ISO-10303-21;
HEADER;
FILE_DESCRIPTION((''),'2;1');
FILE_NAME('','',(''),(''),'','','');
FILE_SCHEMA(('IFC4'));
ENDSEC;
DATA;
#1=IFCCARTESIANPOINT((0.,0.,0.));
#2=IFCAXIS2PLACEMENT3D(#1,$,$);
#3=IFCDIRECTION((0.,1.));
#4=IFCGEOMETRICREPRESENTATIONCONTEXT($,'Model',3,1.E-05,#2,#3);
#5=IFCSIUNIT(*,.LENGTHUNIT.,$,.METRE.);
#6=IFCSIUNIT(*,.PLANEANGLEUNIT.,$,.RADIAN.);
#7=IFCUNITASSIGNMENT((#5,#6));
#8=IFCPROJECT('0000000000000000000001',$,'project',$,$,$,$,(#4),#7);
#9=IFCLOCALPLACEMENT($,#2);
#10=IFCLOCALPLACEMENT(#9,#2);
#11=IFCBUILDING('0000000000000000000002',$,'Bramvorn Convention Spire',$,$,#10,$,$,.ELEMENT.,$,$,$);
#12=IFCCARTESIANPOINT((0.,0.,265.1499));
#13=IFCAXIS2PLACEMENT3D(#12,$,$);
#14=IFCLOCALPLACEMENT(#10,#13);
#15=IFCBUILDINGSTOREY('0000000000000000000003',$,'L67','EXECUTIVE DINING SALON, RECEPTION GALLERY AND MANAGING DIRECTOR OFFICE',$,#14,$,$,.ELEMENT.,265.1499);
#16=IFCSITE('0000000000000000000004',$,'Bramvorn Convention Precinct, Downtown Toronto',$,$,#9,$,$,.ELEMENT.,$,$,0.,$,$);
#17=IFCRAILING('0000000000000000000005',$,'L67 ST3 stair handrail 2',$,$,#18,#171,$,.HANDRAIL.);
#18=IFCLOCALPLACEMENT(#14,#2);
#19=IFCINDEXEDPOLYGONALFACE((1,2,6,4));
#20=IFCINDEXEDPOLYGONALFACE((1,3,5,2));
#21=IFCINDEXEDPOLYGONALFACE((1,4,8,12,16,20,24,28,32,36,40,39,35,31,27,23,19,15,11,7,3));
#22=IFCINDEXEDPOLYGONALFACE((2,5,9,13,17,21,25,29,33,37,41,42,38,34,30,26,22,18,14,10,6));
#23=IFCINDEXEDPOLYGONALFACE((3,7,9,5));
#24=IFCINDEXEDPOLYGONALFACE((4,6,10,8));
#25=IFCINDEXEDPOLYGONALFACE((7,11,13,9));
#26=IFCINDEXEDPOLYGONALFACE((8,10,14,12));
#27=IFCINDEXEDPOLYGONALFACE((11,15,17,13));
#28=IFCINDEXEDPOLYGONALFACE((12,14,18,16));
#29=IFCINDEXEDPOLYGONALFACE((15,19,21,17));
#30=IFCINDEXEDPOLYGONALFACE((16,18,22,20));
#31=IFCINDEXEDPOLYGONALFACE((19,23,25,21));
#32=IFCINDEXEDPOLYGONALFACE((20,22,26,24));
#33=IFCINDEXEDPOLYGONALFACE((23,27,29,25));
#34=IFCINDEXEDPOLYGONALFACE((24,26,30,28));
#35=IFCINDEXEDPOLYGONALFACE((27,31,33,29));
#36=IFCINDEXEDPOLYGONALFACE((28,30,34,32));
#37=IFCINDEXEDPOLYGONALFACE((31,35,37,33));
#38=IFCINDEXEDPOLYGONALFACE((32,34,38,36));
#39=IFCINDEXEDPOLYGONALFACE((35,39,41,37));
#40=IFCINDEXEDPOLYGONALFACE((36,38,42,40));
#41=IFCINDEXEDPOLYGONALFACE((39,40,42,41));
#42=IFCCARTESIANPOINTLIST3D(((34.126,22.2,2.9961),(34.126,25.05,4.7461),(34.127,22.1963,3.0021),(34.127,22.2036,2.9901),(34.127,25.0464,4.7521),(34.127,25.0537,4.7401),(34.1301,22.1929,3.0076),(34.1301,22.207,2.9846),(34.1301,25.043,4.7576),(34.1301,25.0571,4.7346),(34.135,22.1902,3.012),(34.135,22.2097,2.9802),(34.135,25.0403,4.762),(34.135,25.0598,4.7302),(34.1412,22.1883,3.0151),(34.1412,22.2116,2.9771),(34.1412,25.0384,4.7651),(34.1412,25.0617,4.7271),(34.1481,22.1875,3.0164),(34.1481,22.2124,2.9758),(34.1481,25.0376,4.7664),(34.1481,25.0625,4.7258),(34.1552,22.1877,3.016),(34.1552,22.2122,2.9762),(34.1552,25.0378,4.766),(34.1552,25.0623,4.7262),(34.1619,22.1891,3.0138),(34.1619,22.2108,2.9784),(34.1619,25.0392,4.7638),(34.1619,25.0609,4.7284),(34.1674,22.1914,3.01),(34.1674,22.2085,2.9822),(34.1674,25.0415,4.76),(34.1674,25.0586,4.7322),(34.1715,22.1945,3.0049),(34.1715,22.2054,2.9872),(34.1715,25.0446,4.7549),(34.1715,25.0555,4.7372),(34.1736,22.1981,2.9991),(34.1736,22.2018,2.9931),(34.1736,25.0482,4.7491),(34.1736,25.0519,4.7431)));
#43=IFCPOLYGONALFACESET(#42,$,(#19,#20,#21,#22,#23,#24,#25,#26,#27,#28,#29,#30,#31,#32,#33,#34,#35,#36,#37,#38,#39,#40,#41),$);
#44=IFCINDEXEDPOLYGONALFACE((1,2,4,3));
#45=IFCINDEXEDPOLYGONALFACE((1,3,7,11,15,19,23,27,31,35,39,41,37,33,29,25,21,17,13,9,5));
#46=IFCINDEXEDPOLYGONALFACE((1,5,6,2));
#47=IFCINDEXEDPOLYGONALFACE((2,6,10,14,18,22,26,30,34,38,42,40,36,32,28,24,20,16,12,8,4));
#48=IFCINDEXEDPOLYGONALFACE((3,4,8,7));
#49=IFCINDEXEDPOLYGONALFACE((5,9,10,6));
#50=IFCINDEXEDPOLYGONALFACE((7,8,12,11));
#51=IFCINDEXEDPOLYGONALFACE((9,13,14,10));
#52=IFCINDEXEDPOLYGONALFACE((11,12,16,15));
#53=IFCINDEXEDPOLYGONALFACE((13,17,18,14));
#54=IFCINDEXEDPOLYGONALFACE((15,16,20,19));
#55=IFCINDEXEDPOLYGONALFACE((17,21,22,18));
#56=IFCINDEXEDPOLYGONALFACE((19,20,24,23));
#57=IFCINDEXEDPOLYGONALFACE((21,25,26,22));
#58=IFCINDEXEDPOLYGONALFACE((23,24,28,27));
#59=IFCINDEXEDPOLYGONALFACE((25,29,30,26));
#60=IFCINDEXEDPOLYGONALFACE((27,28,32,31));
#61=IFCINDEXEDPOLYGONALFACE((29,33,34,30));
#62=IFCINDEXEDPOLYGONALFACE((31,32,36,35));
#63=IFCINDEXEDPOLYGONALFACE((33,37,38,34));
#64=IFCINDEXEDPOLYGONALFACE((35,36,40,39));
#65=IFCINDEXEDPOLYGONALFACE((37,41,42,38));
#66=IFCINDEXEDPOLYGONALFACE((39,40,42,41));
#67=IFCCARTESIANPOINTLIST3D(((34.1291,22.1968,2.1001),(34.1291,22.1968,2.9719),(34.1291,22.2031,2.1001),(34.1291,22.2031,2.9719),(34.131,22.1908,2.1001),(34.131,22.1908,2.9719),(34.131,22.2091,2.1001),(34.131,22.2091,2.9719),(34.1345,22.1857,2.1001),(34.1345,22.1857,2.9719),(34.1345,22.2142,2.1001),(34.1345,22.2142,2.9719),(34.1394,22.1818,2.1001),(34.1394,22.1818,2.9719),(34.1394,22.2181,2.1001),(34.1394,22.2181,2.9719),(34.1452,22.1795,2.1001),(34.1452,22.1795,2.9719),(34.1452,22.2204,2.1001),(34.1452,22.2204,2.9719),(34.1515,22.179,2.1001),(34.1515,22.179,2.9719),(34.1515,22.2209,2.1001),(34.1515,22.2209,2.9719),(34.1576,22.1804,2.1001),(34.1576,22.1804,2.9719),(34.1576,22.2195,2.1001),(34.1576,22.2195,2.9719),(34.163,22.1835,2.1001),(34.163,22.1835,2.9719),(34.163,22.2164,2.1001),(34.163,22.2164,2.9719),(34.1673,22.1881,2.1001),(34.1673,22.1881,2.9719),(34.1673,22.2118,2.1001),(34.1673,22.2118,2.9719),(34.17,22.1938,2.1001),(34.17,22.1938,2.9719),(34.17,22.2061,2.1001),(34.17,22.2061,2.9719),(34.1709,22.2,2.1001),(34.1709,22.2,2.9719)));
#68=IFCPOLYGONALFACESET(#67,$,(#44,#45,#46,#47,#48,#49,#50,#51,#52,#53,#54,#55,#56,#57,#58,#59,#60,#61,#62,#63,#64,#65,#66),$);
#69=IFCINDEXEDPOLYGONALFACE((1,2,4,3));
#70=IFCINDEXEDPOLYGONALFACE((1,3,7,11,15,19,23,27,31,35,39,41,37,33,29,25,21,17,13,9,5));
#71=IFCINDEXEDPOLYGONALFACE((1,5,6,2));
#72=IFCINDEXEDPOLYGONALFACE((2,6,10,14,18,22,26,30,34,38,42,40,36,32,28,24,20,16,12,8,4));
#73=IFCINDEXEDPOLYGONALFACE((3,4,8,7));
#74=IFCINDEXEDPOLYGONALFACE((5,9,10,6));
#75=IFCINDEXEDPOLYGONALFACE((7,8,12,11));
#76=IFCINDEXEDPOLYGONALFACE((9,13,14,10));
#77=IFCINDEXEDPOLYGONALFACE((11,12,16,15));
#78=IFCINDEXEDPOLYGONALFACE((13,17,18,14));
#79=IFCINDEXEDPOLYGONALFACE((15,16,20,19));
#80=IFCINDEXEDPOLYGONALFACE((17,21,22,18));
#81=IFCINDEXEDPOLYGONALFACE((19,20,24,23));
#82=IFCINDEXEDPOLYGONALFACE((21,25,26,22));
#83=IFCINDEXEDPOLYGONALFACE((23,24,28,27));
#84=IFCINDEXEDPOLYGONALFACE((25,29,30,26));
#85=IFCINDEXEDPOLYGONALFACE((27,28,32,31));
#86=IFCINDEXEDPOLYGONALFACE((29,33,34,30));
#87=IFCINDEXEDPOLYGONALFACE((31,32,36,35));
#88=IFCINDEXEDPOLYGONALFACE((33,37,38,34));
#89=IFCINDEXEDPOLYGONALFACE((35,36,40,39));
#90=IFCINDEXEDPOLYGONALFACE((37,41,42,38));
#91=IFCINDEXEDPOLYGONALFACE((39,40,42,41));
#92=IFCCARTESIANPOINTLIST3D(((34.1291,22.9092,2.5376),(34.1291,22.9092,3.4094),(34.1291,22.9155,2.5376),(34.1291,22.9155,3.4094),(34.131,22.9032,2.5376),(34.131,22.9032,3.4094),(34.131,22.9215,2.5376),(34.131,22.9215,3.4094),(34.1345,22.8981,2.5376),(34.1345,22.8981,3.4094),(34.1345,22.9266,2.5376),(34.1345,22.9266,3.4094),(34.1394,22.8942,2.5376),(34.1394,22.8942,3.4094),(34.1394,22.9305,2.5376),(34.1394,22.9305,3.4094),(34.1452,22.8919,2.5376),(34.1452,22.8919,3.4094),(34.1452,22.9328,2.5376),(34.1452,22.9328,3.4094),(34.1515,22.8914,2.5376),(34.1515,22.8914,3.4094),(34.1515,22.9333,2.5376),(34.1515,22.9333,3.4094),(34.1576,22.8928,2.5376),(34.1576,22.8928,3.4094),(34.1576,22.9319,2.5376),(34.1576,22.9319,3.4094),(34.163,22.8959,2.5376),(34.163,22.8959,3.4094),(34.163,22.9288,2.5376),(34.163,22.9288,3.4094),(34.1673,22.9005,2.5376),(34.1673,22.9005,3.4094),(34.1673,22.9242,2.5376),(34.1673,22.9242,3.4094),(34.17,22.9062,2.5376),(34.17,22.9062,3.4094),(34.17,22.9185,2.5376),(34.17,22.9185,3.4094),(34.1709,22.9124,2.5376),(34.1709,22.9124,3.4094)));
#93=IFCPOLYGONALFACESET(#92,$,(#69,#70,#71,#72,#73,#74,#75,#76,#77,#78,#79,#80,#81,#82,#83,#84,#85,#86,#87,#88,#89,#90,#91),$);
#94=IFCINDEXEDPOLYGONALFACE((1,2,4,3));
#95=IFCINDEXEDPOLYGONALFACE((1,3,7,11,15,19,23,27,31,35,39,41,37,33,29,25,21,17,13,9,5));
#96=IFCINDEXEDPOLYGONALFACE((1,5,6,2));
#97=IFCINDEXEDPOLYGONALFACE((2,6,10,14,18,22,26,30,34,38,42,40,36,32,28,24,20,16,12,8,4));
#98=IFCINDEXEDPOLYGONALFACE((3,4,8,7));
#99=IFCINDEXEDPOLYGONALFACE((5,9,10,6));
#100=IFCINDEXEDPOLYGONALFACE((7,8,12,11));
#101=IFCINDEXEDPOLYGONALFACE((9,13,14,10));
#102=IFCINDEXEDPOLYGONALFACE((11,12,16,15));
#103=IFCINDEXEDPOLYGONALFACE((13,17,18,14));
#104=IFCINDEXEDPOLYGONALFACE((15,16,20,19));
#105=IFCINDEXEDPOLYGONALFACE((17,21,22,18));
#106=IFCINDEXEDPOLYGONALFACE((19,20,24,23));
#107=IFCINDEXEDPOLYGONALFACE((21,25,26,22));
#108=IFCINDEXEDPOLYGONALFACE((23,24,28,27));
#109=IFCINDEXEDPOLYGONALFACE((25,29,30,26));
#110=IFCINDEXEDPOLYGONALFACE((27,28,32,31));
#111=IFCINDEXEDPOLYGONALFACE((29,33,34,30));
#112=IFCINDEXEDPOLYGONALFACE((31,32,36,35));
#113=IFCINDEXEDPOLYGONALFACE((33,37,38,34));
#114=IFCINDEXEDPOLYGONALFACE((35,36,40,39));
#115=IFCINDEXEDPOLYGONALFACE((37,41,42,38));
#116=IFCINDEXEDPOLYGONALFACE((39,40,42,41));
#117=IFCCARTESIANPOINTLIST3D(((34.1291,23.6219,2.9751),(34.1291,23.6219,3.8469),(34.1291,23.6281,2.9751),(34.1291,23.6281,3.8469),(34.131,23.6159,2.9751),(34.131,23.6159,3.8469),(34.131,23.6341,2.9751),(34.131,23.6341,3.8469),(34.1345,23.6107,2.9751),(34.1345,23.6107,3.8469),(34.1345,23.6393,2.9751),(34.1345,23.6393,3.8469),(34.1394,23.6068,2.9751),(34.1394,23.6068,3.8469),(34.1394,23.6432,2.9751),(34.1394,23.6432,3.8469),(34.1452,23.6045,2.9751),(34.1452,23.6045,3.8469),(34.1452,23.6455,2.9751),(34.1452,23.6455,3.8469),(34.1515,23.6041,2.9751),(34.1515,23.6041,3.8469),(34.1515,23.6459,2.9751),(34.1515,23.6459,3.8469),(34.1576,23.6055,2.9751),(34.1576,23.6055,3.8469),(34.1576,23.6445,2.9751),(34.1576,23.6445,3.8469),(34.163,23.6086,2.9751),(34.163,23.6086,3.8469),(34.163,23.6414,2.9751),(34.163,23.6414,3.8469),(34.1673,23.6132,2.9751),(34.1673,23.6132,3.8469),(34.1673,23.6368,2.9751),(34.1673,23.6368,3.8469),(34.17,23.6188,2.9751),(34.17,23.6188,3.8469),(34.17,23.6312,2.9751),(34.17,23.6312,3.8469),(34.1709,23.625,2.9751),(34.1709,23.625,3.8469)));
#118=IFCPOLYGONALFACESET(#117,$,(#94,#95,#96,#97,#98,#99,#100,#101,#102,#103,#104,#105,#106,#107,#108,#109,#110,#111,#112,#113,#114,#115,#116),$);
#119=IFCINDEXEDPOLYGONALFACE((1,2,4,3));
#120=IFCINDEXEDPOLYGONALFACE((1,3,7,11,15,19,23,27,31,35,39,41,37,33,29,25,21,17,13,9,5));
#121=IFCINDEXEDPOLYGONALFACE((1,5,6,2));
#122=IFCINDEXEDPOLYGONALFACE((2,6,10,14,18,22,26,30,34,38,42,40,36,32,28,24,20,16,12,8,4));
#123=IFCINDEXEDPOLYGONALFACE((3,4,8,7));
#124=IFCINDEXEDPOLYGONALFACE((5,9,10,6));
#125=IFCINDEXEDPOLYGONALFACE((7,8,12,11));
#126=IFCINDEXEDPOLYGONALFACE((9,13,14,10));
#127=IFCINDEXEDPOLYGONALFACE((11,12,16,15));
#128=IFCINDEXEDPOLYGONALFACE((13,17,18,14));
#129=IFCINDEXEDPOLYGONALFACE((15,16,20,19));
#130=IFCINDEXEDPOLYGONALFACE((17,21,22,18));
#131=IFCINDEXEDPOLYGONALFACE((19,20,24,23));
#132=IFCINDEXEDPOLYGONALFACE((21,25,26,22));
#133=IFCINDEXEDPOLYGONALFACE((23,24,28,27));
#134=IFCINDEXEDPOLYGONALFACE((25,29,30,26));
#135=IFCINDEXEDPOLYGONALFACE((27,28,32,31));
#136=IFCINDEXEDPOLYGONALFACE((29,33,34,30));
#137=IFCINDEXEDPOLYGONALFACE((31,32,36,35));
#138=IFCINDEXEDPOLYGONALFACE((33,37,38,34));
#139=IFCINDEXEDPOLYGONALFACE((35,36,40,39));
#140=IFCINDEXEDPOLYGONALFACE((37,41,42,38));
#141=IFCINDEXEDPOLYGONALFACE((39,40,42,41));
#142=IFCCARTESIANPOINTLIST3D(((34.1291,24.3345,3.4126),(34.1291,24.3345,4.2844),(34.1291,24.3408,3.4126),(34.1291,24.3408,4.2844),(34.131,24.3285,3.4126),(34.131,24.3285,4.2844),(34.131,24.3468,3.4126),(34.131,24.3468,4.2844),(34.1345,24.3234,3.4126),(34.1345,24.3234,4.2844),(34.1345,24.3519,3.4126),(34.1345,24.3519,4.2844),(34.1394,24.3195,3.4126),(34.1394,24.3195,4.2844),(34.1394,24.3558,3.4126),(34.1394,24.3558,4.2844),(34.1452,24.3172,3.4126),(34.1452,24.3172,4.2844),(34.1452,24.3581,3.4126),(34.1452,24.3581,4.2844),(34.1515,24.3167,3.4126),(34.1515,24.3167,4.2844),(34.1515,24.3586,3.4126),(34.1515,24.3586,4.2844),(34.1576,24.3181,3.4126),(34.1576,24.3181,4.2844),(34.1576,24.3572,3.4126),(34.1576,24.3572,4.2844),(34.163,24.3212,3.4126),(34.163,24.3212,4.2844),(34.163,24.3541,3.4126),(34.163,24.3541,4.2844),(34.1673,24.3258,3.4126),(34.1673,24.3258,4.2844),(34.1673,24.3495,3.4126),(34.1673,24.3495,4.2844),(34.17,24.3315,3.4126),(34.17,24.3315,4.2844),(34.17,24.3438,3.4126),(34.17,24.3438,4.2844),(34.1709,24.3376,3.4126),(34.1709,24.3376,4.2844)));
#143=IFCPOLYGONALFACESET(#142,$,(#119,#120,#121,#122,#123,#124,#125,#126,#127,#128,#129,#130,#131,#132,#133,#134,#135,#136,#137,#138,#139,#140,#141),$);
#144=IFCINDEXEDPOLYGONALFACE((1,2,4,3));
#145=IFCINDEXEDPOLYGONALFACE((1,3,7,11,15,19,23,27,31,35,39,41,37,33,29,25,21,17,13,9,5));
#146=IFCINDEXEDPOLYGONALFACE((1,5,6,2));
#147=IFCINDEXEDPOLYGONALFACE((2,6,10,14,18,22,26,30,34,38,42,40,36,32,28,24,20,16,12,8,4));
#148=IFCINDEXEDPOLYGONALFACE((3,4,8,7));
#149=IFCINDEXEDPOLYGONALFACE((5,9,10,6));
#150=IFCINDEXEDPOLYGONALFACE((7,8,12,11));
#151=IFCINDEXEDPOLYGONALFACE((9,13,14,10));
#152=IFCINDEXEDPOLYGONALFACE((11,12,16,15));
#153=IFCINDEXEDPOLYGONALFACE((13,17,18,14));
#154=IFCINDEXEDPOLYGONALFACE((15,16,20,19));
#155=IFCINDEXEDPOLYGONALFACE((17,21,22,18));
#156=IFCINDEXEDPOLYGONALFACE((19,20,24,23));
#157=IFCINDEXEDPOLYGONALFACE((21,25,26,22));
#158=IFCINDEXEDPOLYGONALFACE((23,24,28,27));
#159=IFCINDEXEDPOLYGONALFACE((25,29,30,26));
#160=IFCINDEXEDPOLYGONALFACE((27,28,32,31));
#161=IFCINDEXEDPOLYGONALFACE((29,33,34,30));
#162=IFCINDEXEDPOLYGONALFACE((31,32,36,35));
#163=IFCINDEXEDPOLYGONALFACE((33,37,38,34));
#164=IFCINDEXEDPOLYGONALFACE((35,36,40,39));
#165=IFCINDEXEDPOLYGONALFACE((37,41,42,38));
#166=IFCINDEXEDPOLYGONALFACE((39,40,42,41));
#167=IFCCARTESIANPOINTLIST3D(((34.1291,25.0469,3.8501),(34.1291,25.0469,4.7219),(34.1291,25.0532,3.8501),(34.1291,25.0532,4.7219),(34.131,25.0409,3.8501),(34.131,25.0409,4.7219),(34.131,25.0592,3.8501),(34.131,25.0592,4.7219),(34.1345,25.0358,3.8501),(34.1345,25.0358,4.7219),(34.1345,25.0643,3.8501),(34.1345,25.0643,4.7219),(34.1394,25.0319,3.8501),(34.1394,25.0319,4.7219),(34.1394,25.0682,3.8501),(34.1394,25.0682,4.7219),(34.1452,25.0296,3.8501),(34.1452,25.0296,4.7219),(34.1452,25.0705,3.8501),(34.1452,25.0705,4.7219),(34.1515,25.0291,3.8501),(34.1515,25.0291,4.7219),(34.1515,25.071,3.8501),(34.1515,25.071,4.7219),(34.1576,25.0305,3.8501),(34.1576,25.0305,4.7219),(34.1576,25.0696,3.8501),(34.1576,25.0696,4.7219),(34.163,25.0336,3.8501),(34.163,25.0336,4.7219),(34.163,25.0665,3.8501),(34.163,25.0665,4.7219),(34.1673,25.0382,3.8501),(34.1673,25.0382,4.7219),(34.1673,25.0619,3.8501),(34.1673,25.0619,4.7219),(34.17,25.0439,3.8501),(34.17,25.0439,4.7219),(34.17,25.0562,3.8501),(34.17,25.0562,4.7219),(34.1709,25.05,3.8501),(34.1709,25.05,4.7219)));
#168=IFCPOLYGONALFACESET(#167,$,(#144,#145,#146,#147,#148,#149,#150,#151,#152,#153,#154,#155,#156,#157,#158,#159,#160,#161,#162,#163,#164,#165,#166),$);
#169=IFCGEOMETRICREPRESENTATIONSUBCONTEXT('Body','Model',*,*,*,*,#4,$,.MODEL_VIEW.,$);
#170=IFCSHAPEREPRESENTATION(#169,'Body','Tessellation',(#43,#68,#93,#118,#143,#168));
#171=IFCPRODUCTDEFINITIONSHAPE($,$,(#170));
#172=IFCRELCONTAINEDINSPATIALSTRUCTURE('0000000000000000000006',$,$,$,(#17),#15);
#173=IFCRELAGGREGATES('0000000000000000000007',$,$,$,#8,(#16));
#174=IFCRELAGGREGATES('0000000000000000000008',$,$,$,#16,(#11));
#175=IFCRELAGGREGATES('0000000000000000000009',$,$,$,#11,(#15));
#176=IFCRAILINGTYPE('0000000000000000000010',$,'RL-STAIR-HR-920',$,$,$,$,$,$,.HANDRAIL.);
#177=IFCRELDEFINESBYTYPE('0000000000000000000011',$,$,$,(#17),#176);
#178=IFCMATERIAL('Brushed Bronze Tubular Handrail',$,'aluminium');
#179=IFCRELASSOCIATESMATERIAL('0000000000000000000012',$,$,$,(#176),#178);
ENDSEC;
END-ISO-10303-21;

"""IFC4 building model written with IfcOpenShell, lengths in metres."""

from ifc_helpers import new_model, si_unit, direction, frame, origin, origin_2d, place, context, subcontext, project, spatial, circle, extrude, material, type_object, element, save


model = new_model("IFC4")

# Units and contexts
model_context = context("Model", 3, precision=1e-05, world=origin(), true_north=direction((0.0, 1.0)))
body_context = subcontext(model_context, "Body", "Model", "MODEL_VIEW")
ifc_project = project(units=[si_unit("LENGTHUNIT", "METRE"), si_unit("PLANEANGLEUNIT", "RADIAN")], contexts=[model_context])

# Site, building, storey
site_placement = place(None, origin())
site = spatial("IfcSite", under=ifc_project, at=site_placement, Name="Bramvorn Convention Precinct, Downtown Toronto", CompositionType="ELEMENT", RefElevation=0.0)
building_placement = place(site_placement, origin())
building = spatial("IfcBuilding", under=site, at=building_placement, Name="Bramvorn Convention Spire", CompositionType="ELEMENT")
storey_placement = place(building_placement, frame((0.0, 0.0, 265.1499)))
storey = spatial("IfcBuildingStorey", under=building, at=storey_placement, Name="L67", Description="EXECUTIVE DINING SALON, RECEPTION GALLERY AND MANAGING DIRECTOR OFFICE", CompositionType="ELEMENT", Elevation=265.1499)

# Railing
ifc_material_1 = material(Name="Brushed Bronze Tubular Handrail", Category="aluminium")
railing_type_1 = type_object("IfcRailingType", Name="RL-STAIR-HR-920", PredefinedType="HANDRAIL", material=ifc_material_1)
railing_1_placement = place(storey_placement, frame((34.1499, 22.2, 2.1001)))
element("IfcRailing", 1, at=railing_1_placement, inside=storey, type_object=railing_type_1, Name="L67 ST3 stair handrail 2", PredefinedType="HANDRAIL", context=body_context, shape_type="SweptSolid", body=[
    extrude(circle(Radius=0.0239, at=origin_2d()), frame((0.0, 0.0, 0.896), z_axis=(0.0, 0.852179, 0.52325), x_axis=(-1.0, 0.0, 0.0)), (0.0, 0.0, 1.0), 3.3445),
    extrude(circle(Radius=0.021, at=origin_2d()), origin(), (0.0, 0.0, 1.0), 0.8718),
    extrude(circle(Radius=0.021, at=origin_2d()), frame((0.0, 0.7124, 0.4375)), (0.0, 0.0, 1.0), 0.8718),
    extrude(circle(Radius=0.021, at=origin_2d()), frame((0.0, 1.425, 0.875)), (0.0, 0.0, 1.0), 0.8718),
    extrude(circle(Radius=0.021, at=origin_2d()), frame((0.0, 2.1377, 1.3125)), (0.0, 0.0, 1.0), 0.8718),
    extrude(circle(Radius=0.021, at=origin_2d()), frame((0.0, 2.8501, 1.75)), (0.0, 0.0, 1.0), 0.8718),
])

save(model, "model.ifc")
